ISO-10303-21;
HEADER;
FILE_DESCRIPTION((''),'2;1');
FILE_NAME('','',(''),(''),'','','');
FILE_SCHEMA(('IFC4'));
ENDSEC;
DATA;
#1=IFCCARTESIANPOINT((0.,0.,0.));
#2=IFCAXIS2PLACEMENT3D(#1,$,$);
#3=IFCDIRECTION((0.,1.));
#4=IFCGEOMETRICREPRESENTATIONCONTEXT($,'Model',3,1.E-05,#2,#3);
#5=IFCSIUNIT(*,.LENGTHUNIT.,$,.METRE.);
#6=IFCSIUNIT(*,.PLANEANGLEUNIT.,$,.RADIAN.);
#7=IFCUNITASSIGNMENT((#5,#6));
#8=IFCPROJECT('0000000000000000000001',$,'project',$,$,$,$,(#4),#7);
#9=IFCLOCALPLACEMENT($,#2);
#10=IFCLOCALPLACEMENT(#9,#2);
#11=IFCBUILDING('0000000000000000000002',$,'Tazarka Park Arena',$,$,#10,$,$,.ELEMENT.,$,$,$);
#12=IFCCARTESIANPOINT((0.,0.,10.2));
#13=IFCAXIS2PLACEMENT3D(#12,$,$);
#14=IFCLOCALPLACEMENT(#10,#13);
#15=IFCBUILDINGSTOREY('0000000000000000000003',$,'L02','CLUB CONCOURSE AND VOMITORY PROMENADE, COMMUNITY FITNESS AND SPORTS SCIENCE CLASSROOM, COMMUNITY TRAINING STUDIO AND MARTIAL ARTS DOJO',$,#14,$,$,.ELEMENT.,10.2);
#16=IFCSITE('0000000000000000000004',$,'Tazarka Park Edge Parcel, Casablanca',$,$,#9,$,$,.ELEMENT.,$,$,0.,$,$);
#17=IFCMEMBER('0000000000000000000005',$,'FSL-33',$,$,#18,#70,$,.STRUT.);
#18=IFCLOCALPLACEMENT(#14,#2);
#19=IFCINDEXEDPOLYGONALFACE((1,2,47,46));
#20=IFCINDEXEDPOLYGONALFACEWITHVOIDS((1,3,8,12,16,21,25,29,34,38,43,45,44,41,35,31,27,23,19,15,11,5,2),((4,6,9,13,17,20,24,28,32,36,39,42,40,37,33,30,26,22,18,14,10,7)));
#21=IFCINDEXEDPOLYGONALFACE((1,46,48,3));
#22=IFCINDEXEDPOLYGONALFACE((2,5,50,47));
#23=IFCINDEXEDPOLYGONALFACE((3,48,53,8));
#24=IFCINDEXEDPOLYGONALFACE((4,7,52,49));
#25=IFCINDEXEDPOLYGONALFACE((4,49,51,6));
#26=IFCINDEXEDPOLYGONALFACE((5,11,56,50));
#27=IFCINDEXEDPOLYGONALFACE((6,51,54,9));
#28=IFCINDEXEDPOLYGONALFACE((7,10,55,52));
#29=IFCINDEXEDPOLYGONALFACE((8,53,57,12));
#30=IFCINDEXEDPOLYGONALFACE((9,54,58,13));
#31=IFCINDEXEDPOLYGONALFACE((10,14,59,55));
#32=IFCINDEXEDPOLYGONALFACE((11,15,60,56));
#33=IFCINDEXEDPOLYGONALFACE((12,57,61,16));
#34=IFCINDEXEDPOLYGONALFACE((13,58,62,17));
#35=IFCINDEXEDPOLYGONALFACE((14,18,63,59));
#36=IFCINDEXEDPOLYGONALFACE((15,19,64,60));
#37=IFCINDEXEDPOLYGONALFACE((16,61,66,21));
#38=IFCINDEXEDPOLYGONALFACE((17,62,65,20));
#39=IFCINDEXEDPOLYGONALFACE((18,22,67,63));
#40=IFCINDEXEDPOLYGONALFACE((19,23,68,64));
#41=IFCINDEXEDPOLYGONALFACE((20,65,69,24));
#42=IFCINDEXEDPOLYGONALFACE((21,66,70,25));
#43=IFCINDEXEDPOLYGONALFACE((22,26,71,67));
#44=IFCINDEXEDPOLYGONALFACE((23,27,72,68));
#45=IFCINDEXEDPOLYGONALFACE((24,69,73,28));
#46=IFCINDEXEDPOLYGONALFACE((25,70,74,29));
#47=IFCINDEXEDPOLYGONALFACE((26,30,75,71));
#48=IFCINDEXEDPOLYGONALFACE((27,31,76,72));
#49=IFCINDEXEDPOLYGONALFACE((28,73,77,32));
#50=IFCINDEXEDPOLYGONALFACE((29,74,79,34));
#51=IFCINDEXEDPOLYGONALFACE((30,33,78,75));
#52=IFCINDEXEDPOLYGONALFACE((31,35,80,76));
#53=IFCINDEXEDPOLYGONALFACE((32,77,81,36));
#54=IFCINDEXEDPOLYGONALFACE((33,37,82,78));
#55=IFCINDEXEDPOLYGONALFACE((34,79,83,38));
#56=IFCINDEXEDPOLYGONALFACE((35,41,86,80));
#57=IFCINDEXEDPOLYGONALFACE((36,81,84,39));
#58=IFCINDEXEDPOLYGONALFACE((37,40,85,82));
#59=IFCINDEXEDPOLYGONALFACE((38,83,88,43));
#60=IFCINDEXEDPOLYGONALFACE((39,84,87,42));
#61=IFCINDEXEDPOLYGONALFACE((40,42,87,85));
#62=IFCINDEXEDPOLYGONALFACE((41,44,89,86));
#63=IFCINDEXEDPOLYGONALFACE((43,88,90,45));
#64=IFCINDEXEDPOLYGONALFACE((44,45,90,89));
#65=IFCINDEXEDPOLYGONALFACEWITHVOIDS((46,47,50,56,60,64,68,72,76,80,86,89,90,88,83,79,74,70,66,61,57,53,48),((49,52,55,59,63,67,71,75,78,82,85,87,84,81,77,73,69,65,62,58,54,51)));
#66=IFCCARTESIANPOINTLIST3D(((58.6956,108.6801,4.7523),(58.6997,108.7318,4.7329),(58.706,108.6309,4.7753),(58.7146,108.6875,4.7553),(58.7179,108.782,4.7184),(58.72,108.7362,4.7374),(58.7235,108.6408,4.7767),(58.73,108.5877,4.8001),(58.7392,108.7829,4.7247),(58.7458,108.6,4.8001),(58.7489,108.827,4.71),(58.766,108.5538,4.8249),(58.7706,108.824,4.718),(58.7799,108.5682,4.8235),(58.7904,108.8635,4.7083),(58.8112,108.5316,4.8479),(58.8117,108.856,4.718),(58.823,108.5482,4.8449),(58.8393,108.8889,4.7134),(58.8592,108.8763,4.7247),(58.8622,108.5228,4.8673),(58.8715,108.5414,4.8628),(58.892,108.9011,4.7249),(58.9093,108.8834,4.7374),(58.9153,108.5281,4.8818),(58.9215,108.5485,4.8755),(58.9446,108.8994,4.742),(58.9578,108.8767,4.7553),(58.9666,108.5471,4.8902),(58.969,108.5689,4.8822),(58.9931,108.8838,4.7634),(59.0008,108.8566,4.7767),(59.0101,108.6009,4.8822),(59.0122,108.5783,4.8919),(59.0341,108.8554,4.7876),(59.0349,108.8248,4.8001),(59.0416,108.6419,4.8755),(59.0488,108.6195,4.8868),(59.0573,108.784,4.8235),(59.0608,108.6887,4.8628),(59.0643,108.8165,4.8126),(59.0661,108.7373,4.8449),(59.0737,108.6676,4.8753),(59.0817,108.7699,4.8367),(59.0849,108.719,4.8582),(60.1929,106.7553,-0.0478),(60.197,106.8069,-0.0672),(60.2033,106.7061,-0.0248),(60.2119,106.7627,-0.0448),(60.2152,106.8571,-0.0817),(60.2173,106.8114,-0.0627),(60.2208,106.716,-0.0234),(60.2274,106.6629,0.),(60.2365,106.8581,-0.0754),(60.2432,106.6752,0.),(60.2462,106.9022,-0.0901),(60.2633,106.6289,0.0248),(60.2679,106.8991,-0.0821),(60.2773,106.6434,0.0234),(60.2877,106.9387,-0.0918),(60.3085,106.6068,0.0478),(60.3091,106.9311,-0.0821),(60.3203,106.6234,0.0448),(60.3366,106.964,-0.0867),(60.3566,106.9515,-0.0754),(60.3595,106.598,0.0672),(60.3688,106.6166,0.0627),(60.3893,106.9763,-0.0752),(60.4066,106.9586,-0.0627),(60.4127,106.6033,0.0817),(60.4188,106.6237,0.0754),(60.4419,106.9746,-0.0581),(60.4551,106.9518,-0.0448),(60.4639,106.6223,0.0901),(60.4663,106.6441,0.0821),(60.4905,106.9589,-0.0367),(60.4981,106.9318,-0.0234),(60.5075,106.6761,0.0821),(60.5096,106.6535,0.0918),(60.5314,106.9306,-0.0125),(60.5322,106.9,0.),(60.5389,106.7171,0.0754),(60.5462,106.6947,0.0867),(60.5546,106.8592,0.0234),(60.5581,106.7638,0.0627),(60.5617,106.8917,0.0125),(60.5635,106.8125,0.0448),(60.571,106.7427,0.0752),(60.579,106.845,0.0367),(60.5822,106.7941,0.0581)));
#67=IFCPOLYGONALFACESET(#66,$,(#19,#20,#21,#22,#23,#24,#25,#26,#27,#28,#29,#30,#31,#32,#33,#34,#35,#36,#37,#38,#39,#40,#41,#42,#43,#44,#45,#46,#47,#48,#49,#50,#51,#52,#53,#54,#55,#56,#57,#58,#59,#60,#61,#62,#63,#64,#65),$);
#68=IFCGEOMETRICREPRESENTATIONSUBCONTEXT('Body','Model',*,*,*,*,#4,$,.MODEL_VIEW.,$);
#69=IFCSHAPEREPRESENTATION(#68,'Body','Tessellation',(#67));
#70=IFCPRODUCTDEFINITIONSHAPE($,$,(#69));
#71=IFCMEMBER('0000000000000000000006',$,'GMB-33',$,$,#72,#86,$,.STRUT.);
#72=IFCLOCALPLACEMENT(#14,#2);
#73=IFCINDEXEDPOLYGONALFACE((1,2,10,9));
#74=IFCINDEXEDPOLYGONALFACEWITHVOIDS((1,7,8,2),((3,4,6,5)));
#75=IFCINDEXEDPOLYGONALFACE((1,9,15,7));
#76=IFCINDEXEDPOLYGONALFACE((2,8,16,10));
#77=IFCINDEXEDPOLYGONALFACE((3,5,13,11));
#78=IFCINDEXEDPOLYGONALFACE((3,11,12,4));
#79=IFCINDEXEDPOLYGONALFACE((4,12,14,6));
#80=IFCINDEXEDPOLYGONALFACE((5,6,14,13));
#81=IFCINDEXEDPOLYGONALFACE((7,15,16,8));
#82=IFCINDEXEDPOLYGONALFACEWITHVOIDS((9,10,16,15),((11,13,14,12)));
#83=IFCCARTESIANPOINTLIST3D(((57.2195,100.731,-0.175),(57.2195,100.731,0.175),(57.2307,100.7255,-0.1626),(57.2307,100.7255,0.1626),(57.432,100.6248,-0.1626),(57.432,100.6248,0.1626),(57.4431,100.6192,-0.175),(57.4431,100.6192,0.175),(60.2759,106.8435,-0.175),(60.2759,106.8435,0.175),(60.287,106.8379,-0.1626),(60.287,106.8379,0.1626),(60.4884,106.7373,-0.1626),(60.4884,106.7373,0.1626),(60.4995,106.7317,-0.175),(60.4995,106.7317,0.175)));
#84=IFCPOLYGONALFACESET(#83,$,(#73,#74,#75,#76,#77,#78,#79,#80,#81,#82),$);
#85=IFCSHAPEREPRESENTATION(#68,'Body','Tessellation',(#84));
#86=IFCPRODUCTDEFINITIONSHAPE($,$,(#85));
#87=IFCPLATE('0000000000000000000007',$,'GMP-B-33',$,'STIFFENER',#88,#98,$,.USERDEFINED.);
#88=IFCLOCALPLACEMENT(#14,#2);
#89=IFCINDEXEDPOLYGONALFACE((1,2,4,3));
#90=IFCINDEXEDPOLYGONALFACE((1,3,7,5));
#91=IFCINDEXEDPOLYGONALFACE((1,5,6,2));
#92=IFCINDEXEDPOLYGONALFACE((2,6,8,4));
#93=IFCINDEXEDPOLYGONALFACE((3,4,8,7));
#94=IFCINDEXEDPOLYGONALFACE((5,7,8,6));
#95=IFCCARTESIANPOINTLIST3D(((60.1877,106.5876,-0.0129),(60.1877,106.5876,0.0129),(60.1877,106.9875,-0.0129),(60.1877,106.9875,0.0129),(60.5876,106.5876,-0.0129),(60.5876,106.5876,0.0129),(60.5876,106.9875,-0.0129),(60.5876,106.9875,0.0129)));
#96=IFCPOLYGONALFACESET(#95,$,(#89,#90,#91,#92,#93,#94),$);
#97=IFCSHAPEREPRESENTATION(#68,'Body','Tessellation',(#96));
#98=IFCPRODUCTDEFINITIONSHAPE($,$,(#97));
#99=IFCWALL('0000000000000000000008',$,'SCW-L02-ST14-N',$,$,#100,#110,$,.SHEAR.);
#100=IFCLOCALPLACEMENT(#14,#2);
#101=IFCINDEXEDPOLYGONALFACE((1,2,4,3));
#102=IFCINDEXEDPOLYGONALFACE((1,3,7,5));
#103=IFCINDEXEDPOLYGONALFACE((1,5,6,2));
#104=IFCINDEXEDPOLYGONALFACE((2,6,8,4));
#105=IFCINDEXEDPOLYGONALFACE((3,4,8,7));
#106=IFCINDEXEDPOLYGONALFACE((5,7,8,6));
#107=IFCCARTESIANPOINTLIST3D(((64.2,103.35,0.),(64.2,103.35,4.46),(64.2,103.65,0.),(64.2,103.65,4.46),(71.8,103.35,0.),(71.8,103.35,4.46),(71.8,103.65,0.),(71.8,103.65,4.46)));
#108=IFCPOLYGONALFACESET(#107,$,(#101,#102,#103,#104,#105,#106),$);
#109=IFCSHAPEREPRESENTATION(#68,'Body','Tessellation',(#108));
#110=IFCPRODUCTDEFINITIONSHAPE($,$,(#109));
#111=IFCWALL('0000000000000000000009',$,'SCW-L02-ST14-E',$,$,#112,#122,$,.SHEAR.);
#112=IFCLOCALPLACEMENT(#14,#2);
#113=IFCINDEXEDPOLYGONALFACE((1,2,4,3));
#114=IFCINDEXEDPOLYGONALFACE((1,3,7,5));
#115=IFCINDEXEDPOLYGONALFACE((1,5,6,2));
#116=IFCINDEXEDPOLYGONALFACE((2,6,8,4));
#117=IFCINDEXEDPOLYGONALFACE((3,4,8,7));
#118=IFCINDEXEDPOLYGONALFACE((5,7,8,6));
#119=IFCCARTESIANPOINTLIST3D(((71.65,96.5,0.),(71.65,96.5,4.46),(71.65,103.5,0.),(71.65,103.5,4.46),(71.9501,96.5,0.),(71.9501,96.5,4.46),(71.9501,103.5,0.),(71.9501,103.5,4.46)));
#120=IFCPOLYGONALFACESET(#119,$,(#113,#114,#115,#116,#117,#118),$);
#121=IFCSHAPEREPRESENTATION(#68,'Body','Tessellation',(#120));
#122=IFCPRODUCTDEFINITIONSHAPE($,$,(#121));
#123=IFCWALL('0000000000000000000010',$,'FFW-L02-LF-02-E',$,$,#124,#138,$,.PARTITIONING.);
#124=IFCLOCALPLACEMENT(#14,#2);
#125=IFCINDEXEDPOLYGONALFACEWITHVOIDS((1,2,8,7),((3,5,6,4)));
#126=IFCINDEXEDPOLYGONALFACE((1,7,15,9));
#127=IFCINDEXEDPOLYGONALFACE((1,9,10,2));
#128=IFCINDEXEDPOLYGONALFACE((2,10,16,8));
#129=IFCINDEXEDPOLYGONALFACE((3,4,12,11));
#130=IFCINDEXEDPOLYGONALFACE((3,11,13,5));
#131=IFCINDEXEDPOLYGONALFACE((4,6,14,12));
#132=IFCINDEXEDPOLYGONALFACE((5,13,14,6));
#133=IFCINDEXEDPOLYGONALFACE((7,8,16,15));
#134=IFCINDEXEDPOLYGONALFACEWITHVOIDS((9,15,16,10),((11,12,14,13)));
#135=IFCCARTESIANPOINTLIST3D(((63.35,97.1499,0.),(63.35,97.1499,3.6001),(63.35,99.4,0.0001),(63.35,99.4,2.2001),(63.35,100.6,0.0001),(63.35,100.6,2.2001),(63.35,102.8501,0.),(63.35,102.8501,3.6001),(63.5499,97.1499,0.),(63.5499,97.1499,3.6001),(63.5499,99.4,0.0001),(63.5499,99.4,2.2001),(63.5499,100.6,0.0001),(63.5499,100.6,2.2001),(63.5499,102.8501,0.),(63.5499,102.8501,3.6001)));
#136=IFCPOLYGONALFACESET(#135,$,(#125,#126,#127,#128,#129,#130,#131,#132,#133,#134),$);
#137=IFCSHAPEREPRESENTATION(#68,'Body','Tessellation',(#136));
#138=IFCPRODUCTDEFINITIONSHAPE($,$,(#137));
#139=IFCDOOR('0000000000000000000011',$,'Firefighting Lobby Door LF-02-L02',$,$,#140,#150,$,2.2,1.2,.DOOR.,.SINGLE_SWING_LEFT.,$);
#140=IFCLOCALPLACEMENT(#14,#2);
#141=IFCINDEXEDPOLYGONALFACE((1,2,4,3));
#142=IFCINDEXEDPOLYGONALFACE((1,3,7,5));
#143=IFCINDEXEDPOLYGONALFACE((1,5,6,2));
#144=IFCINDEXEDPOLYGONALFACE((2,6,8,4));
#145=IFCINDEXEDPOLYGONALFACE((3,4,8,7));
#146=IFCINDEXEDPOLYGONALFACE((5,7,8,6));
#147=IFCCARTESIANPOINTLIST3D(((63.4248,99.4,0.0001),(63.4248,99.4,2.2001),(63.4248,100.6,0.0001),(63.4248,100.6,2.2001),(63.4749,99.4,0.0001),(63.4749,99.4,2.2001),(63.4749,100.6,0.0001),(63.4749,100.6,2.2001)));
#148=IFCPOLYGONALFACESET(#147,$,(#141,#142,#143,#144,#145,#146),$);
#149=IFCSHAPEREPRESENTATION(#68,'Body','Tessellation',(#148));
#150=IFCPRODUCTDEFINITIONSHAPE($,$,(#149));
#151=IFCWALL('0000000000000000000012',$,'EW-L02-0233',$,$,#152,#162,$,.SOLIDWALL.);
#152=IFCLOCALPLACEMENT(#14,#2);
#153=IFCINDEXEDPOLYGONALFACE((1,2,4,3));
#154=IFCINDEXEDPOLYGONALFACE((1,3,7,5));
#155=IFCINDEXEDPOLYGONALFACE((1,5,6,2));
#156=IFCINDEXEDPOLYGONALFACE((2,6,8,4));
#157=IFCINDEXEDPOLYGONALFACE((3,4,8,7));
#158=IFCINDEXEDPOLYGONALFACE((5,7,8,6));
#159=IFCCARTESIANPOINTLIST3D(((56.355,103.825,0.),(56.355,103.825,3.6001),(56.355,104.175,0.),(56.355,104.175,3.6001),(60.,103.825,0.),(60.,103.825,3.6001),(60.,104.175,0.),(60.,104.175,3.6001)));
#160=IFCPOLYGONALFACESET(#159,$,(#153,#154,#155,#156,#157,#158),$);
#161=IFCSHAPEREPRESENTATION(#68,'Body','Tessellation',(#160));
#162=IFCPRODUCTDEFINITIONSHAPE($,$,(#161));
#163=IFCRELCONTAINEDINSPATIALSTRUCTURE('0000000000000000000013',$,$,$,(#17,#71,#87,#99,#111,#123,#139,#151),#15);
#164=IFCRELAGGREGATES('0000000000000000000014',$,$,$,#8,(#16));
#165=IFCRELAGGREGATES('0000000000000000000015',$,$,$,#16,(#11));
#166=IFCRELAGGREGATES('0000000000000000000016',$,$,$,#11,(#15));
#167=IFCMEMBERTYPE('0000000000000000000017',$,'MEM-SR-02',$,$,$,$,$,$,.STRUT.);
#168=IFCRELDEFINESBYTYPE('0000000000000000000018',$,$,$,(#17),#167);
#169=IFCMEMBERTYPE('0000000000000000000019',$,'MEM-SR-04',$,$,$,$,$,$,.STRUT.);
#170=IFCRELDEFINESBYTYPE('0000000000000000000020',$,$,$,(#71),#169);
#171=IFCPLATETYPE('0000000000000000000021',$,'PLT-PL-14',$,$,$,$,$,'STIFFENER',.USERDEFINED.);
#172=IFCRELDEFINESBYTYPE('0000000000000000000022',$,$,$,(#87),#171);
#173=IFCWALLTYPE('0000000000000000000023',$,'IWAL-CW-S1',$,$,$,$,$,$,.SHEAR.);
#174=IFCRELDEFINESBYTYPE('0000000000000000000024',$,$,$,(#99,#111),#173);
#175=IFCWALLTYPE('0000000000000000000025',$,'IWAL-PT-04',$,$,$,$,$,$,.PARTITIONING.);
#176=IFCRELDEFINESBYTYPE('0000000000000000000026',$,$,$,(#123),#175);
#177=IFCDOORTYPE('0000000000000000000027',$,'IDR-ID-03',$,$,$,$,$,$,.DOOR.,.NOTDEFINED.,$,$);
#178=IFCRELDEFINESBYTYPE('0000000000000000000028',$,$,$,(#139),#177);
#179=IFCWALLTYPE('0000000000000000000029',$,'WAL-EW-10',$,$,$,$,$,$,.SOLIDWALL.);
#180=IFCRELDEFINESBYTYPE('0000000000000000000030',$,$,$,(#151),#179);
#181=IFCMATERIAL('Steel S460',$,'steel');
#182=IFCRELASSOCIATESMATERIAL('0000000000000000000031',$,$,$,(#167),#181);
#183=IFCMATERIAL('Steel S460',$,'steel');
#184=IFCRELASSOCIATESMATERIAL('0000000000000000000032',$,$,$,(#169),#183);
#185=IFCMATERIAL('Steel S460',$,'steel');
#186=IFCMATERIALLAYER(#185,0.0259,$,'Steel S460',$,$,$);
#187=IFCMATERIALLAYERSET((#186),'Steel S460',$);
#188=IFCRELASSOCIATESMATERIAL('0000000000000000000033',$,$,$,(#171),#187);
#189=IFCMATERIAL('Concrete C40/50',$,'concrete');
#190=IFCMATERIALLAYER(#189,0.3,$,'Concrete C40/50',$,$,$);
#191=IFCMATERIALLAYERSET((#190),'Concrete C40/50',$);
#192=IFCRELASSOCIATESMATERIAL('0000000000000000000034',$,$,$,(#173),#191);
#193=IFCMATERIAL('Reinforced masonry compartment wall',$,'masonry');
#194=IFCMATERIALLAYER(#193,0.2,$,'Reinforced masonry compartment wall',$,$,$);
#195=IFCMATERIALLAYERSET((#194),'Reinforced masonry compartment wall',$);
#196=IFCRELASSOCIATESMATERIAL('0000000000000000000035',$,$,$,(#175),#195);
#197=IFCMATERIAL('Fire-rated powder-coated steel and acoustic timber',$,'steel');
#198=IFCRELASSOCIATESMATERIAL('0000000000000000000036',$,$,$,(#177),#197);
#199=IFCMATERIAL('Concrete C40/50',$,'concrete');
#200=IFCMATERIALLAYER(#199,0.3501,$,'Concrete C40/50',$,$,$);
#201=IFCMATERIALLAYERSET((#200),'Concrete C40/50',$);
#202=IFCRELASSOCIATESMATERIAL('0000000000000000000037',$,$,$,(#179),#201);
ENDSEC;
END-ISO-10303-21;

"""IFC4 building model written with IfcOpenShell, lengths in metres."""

from ifc_helpers import new_model, si_unit, direction, frame, frame_2d, origin, origin_2d, place, context, subcontext, project, spatial, rectangle, hollow_rectangle, hollow_circle, extrude, material, layer, layer_set, material_profile, profile_set, type_object, element, fill, save


model = new_model("IFC4")

# Units and contexts
model_context = context("Model", 3, precision=1e-05, world=origin(), true_north=direction((0.0, 1.0)))
body_context = subcontext(model_context, "Body", "Model", "MODEL_VIEW")
ifc_project = project(units=[si_unit("LENGTHUNIT", "METRE"), si_unit("PLANEANGLEUNIT", "RADIAN")], contexts=[model_context])

# Site, building, storey
site_placement = place(None, origin())
site = spatial("IfcSite", under=ifc_project, at=site_placement, Name="Tazarka Park Edge Parcel, Casablanca", CompositionType="ELEMENT", RefElevation=0.0)
building_placement = place(site_placement, origin())
building = spatial("IfcBuilding", under=site, at=building_placement, Name="Tazarka Park Arena", CompositionType="ELEMENT")
storey_placement = place(building_placement, frame((0.0, 0.0, 10.2)))
storey = spatial("IfcBuildingStorey", under=building, at=storey_placement, Name="L02", Description="CLUB CONCOURSE AND VOMITORY PROMENADE, COMMUNITY FITNESS AND SPORTS SCIENCE CLASSROOM, COMMUNITY TRAINING STUDIO AND MARTIAL ARTS DOJO", CompositionType="ELEMENT", Elevation=10.2)

# Members
ifc_material_1 = material(Name="Steel S460", Category="steel")
ifc_material_profile_1 = material_profile(ifc_material_1, hollow_circle(Radius=0.2031, WallThickness=0.02, at=origin_2d()), Name="Steel S460")
ifc_profile_set_1 = profile_set([ifc_material_profile_1], Name="Steel S460")
member_type_1 = type_object("IfcMemberType", Name="MEM-SR-02", PredefinedType="STRUT", material=ifc_profile_set_1)
member_1_placement = place(storey_placement, frame((60.3877, 106.7876, 0.0), z_axis=(-0.278105, 0.357506, 0.891542), x_axis=(-0.789304, -0.614003, 0.0)))
element("IfcMember", 1, at=member_1_placement, inside=storey, type_object=member_type_1, Name="FSL-33", PredefinedType="STRUT", context=body_context, shape_type="SweptSolid", body=[
    extrude(hollow_circle(Radius=0.2031, WallThickness=0.02, at=origin_2d()), origin(), (0.0, 0.0, 1.0), 5.384),
])
ifc_material_2 = material(Name="Steel S460", Category="steel")
ifc_material_profile_2 = material_profile(ifc_material_2, hollow_rectangle(XDim=0.25, YDim=0.3501, WallThickness=0.0125, at=origin_2d()), Name="Steel S460")
ifc_profile_set_2 = profile_set([ifc_material_profile_2], Name="Steel S460")
member_type_2 = type_object("IfcMemberType", Name="MEM-SR-04", PredefinedType="STRUT", material=ifc_profile_set_2)
member_2_placement = place(storey_placement, frame((60.3877, 106.7876, 0.0), z_axis=(-0.447228, -0.89442, 0.0), x_axis=(0.89442, -0.447228, 0.0)))
element("IfcMember", 2, at=member_2_placement, inside=storey, type_object=member_type_2, Name="GMB-33", PredefinedType="STRUT", context=body_context, shape_type="SweptSolid", body=[
    extrude(hollow_rectangle(XDim=0.25, YDim=0.3501, WallThickness=0.0125, at=origin_2d()), origin(), (0.0, 0.0, 1.0), 6.834),
])

# Plate
ifc_material_3 = material(Name="Steel S460", Category="steel")
ifc_layer_1 = layer(ifc_material_3, 0.0259, Name="Steel S460")
ifc_layer_set_1 = layer_set([ifc_layer_1], Name="Steel S460")
plate_type = type_object("IfcPlateType", Name="PLT-PL-14", ElementType="STIFFENER", PredefinedType="USERDEFINED", material=ifc_layer_set_1)
plate_placement = place(storey_placement, frame((60.3877, 106.7876, -0.0129), z_axis=(0.0, 0.0, 1.0), x_axis=(1.0, 0.0, 0.0)))
element("IfcPlate", 3, at=plate_placement, inside=storey, type_object=plate_type, Name="GMP-B-33", ObjectType="STIFFENER", PredefinedType="USERDEFINED", context=body_context, shape_type="SweptSolid", body=[
    extrude(rectangle(XDim=0.3999, YDim=0.3999, at=origin_2d()), origin(), (0.0, 0.0, 1.0), 0.0259),
])

# Walls
ifc_material_4 = material(Name="Concrete C40/50", Category="concrete")
ifc_layer_2 = layer(ifc_material_4, 0.3, Name="Concrete C40/50")
ifc_layer_set_2 = layer_set([ifc_layer_2], Name="Concrete C40/50")
wall_type_1 = type_object("IfcWallType", Name="IWAL-CW-S1", PredefinedType="SHEAR", material=ifc_layer_set_2)
wall_1_placement = place(storey_placement, frame((64.2, 103.5, 0.0), z_axis=(0.0, 0.0, 1.0), x_axis=(1.0, 0.0, 0.0)))
element("IfcWall", 4, at=wall_1_placement, inside=storey, type_object=wall_type_1, Name="SCW-L02-ST14-N", PredefinedType="SHEAR", context=body_context, shape_type="SweptSolid", body=[
    extrude(rectangle(XDim=7.6001, YDim=0.3, at=frame_2d((3.8, 0.0))), origin(), (0.0, 0.0, 1.0), 4.46),
])
wall_2_placement = place(storey_placement, frame((71.8, 103.5, 0.0), z_axis=(0.0, 0.0, 1.0), x_axis=(0.0, -1.0, 0.0)))
element("IfcWall", 5, at=wall_2_placement, inside=storey, type_object=wall_type_1, Name="SCW-L02-ST14-E", PredefinedType="SHEAR", context=body_context, shape_type="SweptSolid", body=[
    extrude(rectangle(XDim=7.0, YDim=0.3, at=frame_2d((3.5, 0.0))), origin(), (0.0, 0.0, 1.0), 4.46),
])

# Wall, opening, door
ifc_material_5 = material(Name="Reinforced masonry compartment wall", Category="masonry")
ifc_layer_3 = layer(ifc_material_5, 0.2, Name="Reinforced masonry compartment wall")
ifc_layer_set_3 = layer_set([ifc_layer_3], Name="Reinforced masonry compartment wall")
wall_type_2 = type_object("IfcWallType", Name="IWAL-PT-04", PredefinedType="PARTITIONING", material=ifc_layer_set_3)
wall_3_placement = place(storey_placement, frame((63.45, 102.8501, 0.0), z_axis=(0.0, 0.0, 1.0), x_axis=(0.0, -1.0, 0.0)))
wall_3 = element("IfcWall", 6, at=wall_3_placement, inside=storey, type_object=wall_type_2, Name="FFW-L02-LF-02-E", PredefinedType="PARTITIONING", context=body_context, shape_type="SweptSolid", body=[
    extrude(rectangle(XDim=5.7002, YDim=0.2, at=frame_2d((2.8501, 0.0))), origin(), (0.0, 0.0, 1.0), 3.6001),
])
opening_placement = place(wall_3_placement, frame((2.25, 0.0, 0.0)))
opening = element("IfcOpeningElement", 7, at=opening_placement, cuts=wall_3, PredefinedType="OPENING", context=body_context, shape_type="SweptSolid", body=[
    extrude(rectangle(XDim=1.2, YDim=2.2, at=frame_2d((0.6001, 1.1001))), frame((0.0, 0.1099, 0.0), z_axis=(0.0, -1.0, 0.0), x_axis=(1.0, 0.0, 0.0)), (0.0, 0.0, 1.0), 0.22),
])
ifc_material_6 = material(Name="Fire-rated powder-coated steel and acoustic timber", Category="steel")
door_type = type_object("IfcDoorType", Name="IDR-ID-03", OperationType="NOTDEFINED", PredefinedType="DOOR", material=ifc_material_6)
door_placement = place(opening_placement, origin())
door = element("IfcDoor", 8, at=door_placement, inside=storey, type_object=door_type, Name="Firefighting Lobby Door LF-02-L02", OperationType="SINGLE_SWING_LEFT", OverallHeight=2.2, OverallWidth=1.2, PredefinedType="DOOR", context=body_context, shape_type="SweptSolid", body=[
    extrude(rectangle(XDim=1.2, YDim=2.2, at=frame_2d((0.6001, 1.1001))), frame((0.0, 0.0249, 0.0), z_axis=(0.0, -1.0, 0.0), x_axis=(1.0, 0.0, 0.0)), (0.0, 0.0, 1.0), 0.05),
])
fill(opening, door)

# Wall
ifc_material_7 = material(Name="Concrete C40/50", Category="concrete")
ifc_layer_4 = layer(ifc_material_7, 0.3501, Name="Concrete C40/50")
ifc_layer_set_4 = layer_set([ifc_layer_4], Name="Concrete C40/50")
wall_type_3 = type_object("IfcWallType", Name="WAL-EW-10", PredefinedType="SOLIDWALL", material=ifc_layer_set_4)
wall_4_placement = place(storey_placement, frame((60.0, 104.0, 0.0), z_axis=(0.0, 0.0, 1.0), x_axis=(-1.0, 0.0, 0.0)))
element("IfcWall", 9, at=wall_4_placement, inside=storey, type_object=wall_type_3, Name="EW-L02-0233", PredefinedType="SOLIDWALL", context=body_context, shape_type="SweptSolid", body=[
    extrude(rectangle(XDim=3.645, YDim=0.3501, at=frame_2d((1.8225, 0.0))), origin(), (0.0, 0.0, 1.0), 3.6001),
])

save(model, "model.ifc")
